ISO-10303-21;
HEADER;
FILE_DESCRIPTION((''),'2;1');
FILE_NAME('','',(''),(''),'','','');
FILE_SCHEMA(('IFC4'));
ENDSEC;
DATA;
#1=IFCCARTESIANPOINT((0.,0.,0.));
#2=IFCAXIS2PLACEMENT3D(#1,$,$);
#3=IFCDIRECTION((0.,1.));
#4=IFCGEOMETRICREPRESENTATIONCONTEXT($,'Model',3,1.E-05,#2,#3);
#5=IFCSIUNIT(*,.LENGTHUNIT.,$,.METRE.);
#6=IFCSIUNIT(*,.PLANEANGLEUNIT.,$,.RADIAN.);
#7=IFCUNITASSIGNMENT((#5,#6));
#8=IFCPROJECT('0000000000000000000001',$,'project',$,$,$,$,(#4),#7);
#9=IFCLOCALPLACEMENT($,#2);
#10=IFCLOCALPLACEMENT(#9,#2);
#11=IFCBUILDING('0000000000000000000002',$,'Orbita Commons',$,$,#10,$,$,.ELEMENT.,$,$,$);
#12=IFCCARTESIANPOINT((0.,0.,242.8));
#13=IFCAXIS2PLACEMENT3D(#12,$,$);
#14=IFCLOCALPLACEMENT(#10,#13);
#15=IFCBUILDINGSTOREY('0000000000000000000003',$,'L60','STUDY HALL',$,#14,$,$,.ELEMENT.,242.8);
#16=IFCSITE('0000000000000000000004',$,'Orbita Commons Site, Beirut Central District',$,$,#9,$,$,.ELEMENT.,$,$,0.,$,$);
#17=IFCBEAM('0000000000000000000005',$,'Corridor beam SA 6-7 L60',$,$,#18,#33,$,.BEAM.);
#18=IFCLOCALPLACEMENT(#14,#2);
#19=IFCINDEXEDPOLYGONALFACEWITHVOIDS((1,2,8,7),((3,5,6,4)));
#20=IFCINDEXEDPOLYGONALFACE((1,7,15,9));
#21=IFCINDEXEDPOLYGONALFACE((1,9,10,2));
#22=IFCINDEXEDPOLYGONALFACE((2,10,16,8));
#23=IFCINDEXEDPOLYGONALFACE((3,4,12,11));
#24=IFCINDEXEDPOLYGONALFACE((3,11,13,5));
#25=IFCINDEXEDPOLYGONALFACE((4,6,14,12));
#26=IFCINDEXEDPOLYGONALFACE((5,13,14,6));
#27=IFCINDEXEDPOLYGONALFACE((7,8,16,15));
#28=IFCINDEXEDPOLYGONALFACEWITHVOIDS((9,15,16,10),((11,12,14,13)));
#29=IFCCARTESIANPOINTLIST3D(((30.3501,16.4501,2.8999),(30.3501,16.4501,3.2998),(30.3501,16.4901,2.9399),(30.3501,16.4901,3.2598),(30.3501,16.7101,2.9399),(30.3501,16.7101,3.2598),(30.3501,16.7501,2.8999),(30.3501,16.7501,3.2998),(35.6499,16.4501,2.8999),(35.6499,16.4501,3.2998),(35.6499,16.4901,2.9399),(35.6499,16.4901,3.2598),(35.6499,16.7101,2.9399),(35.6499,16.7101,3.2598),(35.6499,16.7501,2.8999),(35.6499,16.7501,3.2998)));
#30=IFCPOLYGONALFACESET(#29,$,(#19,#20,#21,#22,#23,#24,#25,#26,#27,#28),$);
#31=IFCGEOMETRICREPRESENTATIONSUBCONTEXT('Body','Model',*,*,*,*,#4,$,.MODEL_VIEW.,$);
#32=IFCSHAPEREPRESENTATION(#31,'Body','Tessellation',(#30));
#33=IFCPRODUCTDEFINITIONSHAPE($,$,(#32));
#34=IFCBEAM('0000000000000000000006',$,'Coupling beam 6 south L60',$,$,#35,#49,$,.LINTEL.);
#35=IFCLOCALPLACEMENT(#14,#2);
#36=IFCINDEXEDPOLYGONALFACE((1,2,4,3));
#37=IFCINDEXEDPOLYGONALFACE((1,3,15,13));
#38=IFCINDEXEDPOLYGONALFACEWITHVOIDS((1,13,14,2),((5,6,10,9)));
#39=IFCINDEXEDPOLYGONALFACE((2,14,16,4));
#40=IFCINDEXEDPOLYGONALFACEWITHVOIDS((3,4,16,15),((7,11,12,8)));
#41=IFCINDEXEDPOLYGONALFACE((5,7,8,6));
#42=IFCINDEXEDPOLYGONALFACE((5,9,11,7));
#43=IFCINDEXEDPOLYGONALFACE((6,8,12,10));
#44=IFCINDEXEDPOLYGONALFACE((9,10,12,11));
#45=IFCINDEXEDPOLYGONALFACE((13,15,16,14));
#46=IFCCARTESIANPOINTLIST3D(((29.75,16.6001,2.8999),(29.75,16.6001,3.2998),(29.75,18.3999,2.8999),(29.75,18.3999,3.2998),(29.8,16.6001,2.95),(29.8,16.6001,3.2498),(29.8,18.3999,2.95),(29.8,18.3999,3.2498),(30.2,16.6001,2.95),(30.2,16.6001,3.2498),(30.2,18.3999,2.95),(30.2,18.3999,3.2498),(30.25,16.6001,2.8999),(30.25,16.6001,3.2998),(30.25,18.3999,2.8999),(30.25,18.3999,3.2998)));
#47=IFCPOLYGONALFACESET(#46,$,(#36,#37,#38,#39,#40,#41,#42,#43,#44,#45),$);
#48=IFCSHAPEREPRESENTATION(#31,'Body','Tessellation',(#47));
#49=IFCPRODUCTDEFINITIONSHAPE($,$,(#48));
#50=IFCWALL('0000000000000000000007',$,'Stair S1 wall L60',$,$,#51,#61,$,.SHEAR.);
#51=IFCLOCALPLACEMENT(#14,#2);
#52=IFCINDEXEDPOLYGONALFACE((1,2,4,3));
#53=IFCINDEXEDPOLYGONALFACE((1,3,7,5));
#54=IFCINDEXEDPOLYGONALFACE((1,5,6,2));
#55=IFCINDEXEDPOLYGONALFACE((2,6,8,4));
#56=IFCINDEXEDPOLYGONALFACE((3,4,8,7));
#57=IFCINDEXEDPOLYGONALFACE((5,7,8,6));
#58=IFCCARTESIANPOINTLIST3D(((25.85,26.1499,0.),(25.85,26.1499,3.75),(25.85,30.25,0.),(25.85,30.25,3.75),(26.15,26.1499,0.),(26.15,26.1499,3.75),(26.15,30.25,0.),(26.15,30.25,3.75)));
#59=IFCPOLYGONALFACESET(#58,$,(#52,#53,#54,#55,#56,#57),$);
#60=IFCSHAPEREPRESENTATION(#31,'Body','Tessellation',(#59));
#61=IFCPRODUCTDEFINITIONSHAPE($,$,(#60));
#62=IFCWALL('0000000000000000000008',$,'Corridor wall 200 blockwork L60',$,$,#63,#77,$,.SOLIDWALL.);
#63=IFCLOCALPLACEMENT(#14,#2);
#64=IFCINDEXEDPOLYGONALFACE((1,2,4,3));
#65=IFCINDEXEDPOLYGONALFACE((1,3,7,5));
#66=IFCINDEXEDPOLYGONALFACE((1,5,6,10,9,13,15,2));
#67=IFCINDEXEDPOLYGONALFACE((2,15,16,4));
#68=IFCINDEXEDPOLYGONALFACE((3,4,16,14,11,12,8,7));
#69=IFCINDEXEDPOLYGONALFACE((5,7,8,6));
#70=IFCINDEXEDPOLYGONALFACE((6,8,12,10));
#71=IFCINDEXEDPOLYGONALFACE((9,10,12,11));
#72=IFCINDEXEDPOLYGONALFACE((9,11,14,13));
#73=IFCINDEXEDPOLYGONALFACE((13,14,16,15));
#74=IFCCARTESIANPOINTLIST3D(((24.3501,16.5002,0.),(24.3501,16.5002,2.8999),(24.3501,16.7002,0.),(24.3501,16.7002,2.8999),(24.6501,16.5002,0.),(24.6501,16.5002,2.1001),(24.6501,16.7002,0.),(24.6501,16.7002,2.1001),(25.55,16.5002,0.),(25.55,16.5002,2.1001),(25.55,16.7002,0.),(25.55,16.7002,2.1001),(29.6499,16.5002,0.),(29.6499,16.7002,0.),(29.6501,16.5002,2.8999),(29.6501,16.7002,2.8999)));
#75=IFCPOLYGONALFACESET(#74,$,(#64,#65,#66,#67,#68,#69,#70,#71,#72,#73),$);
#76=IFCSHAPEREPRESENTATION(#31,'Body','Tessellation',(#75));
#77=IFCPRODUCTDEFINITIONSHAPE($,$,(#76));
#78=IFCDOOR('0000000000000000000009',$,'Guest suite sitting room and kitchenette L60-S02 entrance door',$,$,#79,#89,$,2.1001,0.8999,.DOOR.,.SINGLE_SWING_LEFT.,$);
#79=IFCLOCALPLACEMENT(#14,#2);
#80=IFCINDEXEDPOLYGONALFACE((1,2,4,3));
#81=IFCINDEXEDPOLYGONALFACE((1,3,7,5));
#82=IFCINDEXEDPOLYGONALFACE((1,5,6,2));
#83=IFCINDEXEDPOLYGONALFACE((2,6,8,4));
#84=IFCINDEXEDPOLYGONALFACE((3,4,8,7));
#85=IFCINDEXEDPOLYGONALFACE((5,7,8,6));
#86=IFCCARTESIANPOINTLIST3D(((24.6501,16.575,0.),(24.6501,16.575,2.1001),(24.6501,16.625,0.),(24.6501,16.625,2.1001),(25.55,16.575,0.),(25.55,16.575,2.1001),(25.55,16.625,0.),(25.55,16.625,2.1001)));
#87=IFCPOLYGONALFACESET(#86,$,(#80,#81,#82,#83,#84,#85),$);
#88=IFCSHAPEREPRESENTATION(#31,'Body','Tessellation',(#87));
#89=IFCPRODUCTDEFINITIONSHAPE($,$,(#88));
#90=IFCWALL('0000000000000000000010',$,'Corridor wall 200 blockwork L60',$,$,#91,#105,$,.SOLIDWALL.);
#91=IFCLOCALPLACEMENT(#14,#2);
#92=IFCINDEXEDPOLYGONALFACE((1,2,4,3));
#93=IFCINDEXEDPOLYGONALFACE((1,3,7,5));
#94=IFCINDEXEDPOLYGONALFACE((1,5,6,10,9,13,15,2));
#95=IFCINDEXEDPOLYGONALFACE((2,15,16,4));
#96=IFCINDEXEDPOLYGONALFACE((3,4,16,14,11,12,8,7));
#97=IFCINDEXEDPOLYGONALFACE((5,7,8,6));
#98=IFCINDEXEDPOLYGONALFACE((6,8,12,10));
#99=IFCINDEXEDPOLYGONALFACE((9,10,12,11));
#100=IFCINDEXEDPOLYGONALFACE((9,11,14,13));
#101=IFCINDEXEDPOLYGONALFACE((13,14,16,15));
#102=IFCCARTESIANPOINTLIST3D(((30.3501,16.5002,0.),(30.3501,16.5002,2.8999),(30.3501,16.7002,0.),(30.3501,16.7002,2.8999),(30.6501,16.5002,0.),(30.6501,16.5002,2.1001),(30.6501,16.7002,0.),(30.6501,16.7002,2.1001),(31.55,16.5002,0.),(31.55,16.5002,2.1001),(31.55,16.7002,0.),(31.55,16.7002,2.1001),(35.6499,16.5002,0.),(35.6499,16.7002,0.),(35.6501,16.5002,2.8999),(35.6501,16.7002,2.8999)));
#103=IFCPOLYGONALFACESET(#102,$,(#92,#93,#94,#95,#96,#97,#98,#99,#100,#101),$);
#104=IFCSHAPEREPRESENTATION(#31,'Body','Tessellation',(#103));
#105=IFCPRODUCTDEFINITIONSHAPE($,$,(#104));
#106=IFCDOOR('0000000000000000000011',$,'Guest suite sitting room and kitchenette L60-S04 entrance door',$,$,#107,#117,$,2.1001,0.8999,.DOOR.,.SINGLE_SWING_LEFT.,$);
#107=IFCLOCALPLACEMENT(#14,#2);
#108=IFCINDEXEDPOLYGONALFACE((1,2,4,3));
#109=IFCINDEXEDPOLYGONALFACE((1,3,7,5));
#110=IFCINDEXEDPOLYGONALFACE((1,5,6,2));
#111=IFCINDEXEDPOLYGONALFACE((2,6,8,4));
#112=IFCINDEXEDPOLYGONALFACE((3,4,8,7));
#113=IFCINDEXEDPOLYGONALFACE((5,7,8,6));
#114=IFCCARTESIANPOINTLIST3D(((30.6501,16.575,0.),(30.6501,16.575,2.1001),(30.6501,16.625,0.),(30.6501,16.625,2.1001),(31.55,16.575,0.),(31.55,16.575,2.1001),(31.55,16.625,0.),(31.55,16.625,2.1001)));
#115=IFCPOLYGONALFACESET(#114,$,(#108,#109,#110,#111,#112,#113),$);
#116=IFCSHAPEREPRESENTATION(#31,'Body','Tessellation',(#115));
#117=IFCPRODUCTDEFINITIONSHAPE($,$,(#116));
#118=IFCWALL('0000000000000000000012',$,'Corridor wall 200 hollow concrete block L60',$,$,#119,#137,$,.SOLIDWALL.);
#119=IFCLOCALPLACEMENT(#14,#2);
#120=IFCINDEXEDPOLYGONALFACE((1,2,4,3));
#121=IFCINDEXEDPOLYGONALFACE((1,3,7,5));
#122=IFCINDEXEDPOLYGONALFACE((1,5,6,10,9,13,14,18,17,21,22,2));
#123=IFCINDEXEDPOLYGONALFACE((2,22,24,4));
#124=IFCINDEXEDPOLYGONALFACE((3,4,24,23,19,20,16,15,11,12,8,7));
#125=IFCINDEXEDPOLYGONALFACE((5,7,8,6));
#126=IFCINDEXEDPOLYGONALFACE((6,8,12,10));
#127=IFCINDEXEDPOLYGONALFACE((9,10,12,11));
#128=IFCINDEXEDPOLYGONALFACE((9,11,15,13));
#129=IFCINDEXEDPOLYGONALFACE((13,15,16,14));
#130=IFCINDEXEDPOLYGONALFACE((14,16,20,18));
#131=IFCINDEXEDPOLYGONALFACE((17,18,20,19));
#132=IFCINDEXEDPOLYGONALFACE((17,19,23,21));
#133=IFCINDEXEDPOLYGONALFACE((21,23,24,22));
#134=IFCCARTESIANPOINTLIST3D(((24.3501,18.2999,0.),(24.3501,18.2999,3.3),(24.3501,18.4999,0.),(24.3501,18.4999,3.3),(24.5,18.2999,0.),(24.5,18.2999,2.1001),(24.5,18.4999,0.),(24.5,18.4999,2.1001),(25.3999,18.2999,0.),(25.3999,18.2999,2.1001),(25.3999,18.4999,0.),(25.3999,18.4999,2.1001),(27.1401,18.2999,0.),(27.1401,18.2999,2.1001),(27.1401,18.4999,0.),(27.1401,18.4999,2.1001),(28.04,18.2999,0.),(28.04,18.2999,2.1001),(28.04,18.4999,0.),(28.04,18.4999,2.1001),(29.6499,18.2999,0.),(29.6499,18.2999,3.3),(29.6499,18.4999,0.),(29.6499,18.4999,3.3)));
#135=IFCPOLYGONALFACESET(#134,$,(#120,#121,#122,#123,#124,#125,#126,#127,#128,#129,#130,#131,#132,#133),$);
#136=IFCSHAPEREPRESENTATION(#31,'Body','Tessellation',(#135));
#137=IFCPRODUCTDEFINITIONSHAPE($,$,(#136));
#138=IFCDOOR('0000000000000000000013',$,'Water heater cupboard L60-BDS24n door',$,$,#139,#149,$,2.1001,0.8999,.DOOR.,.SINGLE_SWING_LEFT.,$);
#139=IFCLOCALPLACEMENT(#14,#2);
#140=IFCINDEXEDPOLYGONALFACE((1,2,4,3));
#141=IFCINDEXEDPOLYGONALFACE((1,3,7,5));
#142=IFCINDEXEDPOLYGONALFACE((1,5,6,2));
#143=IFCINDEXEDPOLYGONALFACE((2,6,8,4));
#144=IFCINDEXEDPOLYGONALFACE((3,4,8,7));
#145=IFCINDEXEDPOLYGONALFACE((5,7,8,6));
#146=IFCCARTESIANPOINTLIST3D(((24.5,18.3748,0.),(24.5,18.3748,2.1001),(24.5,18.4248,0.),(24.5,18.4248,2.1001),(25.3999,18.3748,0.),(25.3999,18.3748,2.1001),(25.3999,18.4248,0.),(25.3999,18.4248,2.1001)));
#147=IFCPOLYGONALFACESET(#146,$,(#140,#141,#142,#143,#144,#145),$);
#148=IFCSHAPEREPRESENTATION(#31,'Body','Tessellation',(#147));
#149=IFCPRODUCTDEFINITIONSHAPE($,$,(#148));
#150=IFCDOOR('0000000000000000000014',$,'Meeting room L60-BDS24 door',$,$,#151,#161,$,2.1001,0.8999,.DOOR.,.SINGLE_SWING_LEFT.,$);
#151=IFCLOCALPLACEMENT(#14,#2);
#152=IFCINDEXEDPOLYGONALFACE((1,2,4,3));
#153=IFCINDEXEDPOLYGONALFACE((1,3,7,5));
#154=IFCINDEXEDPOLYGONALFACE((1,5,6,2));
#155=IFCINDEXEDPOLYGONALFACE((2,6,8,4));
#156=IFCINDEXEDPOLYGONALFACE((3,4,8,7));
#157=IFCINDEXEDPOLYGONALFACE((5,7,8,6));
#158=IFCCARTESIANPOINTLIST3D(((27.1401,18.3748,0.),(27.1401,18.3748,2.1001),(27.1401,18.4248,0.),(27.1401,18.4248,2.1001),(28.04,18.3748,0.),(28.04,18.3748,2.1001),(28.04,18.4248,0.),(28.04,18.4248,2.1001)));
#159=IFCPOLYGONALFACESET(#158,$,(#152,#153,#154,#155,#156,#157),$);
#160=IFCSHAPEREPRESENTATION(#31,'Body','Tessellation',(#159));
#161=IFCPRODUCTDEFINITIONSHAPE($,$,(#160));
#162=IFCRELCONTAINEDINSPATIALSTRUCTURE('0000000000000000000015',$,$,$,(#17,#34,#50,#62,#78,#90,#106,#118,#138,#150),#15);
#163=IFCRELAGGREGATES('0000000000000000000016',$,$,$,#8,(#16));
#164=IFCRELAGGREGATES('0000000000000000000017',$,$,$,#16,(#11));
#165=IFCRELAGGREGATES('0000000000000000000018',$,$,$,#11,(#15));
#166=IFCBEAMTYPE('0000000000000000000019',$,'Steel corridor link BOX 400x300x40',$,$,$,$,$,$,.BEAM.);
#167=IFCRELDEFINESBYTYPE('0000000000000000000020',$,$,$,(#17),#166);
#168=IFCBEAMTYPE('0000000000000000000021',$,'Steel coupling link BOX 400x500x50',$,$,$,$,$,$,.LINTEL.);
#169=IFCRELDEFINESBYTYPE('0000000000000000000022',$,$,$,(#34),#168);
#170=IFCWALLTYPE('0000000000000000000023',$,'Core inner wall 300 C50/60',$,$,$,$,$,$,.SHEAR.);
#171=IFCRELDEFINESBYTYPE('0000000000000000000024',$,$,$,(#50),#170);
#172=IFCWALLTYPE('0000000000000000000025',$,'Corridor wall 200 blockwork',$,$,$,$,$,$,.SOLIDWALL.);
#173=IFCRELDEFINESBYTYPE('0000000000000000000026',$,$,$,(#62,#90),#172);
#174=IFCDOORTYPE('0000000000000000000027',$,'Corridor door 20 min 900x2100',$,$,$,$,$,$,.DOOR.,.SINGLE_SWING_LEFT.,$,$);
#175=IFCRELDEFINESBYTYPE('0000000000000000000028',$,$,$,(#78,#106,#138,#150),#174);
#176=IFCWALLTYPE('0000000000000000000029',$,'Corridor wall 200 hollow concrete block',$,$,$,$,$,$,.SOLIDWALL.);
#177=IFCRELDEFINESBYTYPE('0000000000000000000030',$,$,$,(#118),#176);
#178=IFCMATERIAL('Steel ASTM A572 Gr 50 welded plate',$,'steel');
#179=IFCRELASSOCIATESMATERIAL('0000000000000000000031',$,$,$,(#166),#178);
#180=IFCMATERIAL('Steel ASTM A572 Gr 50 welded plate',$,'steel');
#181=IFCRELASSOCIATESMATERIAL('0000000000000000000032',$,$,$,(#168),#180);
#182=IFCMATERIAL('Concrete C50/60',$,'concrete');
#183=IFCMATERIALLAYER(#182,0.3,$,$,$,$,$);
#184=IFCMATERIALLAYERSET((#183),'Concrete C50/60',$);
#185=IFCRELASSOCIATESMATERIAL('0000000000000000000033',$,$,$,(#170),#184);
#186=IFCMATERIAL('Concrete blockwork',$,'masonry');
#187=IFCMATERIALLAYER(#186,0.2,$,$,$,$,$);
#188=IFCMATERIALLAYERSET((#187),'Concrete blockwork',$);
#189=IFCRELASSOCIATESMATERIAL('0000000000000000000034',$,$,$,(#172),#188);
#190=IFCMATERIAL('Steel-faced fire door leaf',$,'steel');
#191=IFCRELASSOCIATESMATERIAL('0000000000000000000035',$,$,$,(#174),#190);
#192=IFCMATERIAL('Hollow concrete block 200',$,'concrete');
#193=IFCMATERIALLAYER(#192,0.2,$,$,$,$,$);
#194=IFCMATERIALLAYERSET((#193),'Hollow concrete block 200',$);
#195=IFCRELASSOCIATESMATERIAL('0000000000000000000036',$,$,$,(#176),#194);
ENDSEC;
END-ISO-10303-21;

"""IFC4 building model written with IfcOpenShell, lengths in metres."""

from ifc_helpers import new_model, si_unit, direction, frame, frame_2d, origin, origin_2d, place, context, subcontext, project, spatial, polyline, rectangle, hollow_rectangle, outline, extrude, material, layer, layer_set, material_profile, profile_set, type_object, element, fill, save


model = new_model("IFC4")

# Units and contexts
model_context = context("Model", 3, precision=1e-05, world=origin(), true_north=direction((0.0, 1.0)))
body_context = subcontext(model_context, "Body", "Model", "MODEL_VIEW")
ifc_project = project(units=[si_unit("LENGTHUNIT", "METRE"), si_unit("PLANEANGLEUNIT", "RADIAN")], contexts=[model_context])

# Site, building, storey
site_placement = place(None, origin())
site = spatial("IfcSite", under=ifc_project, at=site_placement, Name="Orbita Commons Site, Beirut Central District", CompositionType="ELEMENT", RefElevation=0.0)
building_placement = place(site_placement, origin())
building = spatial("IfcBuilding", under=site, at=building_placement, Name="Orbita Commons", CompositionType="ELEMENT")
storey_placement = place(building_placement, frame((0.0, 0.0, 242.8)))
storey = spatial("IfcBuildingStorey", under=building, at=storey_placement, Name="L60", Description="STUDY HALL", CompositionType="ELEMENT", Elevation=242.8)

# Beams
ifc_material_1 = material(Name="Steel ASTM A572 Gr 50 welded plate", Category="steel")
ifc_material_profile_1 = material_profile(ifc_material_1, hollow_rectangle(XDim=0.3, YDim=0.3999, WallThickness=0.04, at=origin_2d()), Name="BOX 400x300x40")
ifc_profile_set_1 = profile_set([ifc_material_profile_1], Name="Steel ASTM A572 Gr 50 welded plate")
beam_type_1 = type_object("IfcBeamType", Name="Steel corridor link BOX 400x300x40", PredefinedType="BEAM", material=ifc_profile_set_1)
beam_1_placement = place(storey_placement, frame((30.3501, 16.6001, 3.0999), z_axis=(1.0, 0.0, 0.0), x_axis=(0.0, 1.0, 0.0)))
element("IfcBeam", 1, at=beam_1_placement, inside=storey, type_object=beam_type_1, Name="Corridor beam SA 6-7 L60", PredefinedType="BEAM", context=body_context, shape_type="SweptSolid", body=[
    extrude(hollow_rectangle(XDim=0.3, YDim=0.3999, WallThickness=0.04, at=origin_2d()), origin(), (0.0, 0.0, 1.0), 5.2998),
])
ifc_material_2 = material(Name="Steel ASTM A572 Gr 50 welded plate", Category="steel")
ifc_material_profile_2 = material_profile(ifc_material_2, hollow_rectangle(XDim=0.5, YDim=0.3999, WallThickness=0.05, at=origin_2d()), Name="BOX 400x500x50")
ifc_profile_set_2 = profile_set([ifc_material_profile_2], Name="Steel ASTM A572 Gr 50 welded plate")
beam_type_2 = type_object("IfcBeamType", Name="Steel coupling link BOX 400x500x50", PredefinedType="LINTEL", material=ifc_profile_set_2)
beam_2_placement = place(storey_placement, frame((30.0, 16.6001, 3.0999), z_axis=(0.0, 1.0, 0.0), x_axis=(-1.0, 0.0, 0.0)))
element("IfcBeam", 2, at=beam_2_placement, inside=storey, type_object=beam_type_2, Name="Coupling beam 6 south L60", PredefinedType="LINTEL", context=body_context, shape_type="SweptSolid", body=[
    extrude(hollow_rectangle(XDim=0.5, YDim=0.3999, WallThickness=0.05, at=origin_2d()), origin(), (0.0, 0.0, 1.0), 1.7998),
])

# Wall
ifc_material_3 = material(Name="Concrete C50/60", Category="concrete")
ifc_layer_1 = layer(ifc_material_3, 0.3)
ifc_layer_set_1 = layer_set([ifc_layer_1], Name="Concrete C50/60")
wall_type_1 = type_object("IfcWallType", Name="Core inner wall 300 C50/60", PredefinedType="SHEAR", material=ifc_layer_set_1)
wall_1_placement = place(storey_placement, frame((26.0, 26.1499, 0.0), z_axis=(0.0, 0.0, 1.0), x_axis=(0.0, 1.0, 0.0)))
element("IfcWall", 3, at=wall_1_placement, inside=storey, type_object=wall_type_1, Name="Stair S1 wall L60", PredefinedType="SHEAR", context=body_context, shape_type="SweptSolid", body=[
    extrude(rectangle(XDim=4.1001, YDim=0.3, at=frame_2d((2.05, 0.0))), origin(), (0.0, 0.0, 1.0), 3.75),
])

# Walls, openings, doors
ifc_material_4 = material(Name="Concrete blockwork", Category="masonry")
ifc_layer_2 = layer(ifc_material_4, 0.2)
ifc_layer_set_2 = layer_set([ifc_layer_2], Name="Concrete blockwork")
wall_type_2 = type_object("IfcWallType", Name="Corridor wall 200 blockwork", PredefinedType="SOLIDWALL", material=ifc_layer_set_2)
wall_2_placement = place(storey_placement, frame((24.3501, 16.6001, 0.0), z_axis=(0.0, 0.0, 1.0), x_axis=(1.0, 0.0, 0.0)))
wall_2 = element("IfcWall", 4, at=wall_2_placement, inside=storey, type_object=wall_type_2, Name="Corridor wall 200 blockwork L60", PredefinedType="SOLIDWALL", context=body_context, shape_type="SweptSolid", body=[
    extrude(outline(polyline([(0.0, 0.0), (5.2998, 0.0), (5.3, 2.8999), (0.0, 2.8999), (0.0, 0.0)])), frame((0.0, 0.1001, 0.0), z_axis=(0.0, -1.0, 0.0), x_axis=(1.0, 0.0, 0.0)), (0.0, 0.0, 1.0), 0.2),
])
opening_1_placement = place(wall_2_placement, frame((0.3, 0.0, 0.0)))
opening_1 = element("IfcOpeningElement", 5, at=opening_1_placement, cuts=wall_2, PredefinedType="OPENING", context=body_context, shape_type="SweptSolid", body=[
    extrude(rectangle(XDim=0.8999, YDim=2.1001, at=frame_2d((0.45, 1.05))), frame((0.0, 0.1099, 0.0), z_axis=(0.0, -1.0, 0.0), x_axis=(1.0, 0.0, 0.0)), (0.0, 0.0, 1.0), 0.22),
])
ifc_material_5 = material(Name="Steel-faced fire door leaf", Category="steel")
door_type_1 = type_object("IfcDoorType", Name="Corridor door 20 min 900x2100", OperationType="SINGLE_SWING_LEFT", PredefinedType="DOOR", material=ifc_material_5)
door_1_placement = place(opening_1_placement, origin())
door_1 = element("IfcDoor", 6, at=door_1_placement, inside=storey, type_object=door_type_1, Name="Guest suite sitting room and kitchenette L60-S02 entrance door", OperationType="SINGLE_SWING_LEFT", OverallHeight=2.1001, OverallWidth=0.8999, PredefinedType="DOOR", context=body_context, shape_type="SweptSolid", body=[
    extrude(rectangle(XDim=0.8999, YDim=2.1001, at=frame_2d((0.45, 1.05))), frame((0.0, 0.0249, 0.0), z_axis=(0.0, -1.0, 0.0), x_axis=(1.0, 0.0, 0.0)), (0.0, 0.0, 1.0), 0.05),
])
fill(opening_1, door_1)
wall_3_placement = place(storey_placement, frame((30.3501, 16.6001, 0.0), z_axis=(0.0, 0.0, 1.0), x_axis=(1.0, 0.0, 0.0)))
wall_3 = element("IfcWall", 7, at=wall_3_placement, inside=storey, type_object=wall_type_2, Name="Corridor wall 200 blockwork L60", PredefinedType="SOLIDWALL", context=body_context, shape_type="SweptSolid", body=[
    extrude(outline(polyline([(0.0, 0.0), (5.2998, 0.0), (5.3, 2.8999), (0.0, 2.8999), (0.0, 0.0)])), frame((0.0, 0.1001, 0.0), z_axis=(0.0, -1.0, 0.0), x_axis=(1.0, 0.0, 0.0)), (0.0, 0.0, 1.0), 0.2),
])
opening_2_placement = place(wall_3_placement, frame((0.3, 0.0, 0.0)))
opening_2 = element("IfcOpeningElement", 8, at=opening_2_placement, cuts=wall_3, PredefinedType="OPENING", context=body_context, shape_type="SweptSolid", body=[
    extrude(rectangle(XDim=0.8999, YDim=2.1001, at=frame_2d((0.45, 1.05))), frame((0.0, 0.1099, 0.0), z_axis=(0.0, -1.0, 0.0), x_axis=(1.0, 0.0, 0.0)), (0.0, 0.0, 1.0), 0.22),
])
door_2_placement = place(opening_2_placement, origin())
door_2 = element("IfcDoor", 9, at=door_2_placement, inside=storey, type_object=door_type_1, Name="Guest suite sitting room and kitchenette L60-S04 entrance door", OperationType="SINGLE_SWING_LEFT", OverallHeight=2.1001, OverallWidth=0.8999, PredefinedType="DOOR", context=body_context, shape_type="SweptSolid", body=[
    extrude(rectangle(XDim=0.8999, YDim=2.1001, at=frame_2d((0.45, 1.05))), frame((0.0, 0.0249, 0.0), z_axis=(0.0, -1.0, 0.0), x_axis=(1.0, 0.0, 0.0)), (0.0, 0.0, 1.0), 0.05),
])
fill(opening_2, door_2)

# Wall, openings, doors
ifc_material_6 = material(Name="Hollow concrete block 200", Category="concrete")
ifc_layer_3 = layer(ifc_material_6, 0.2)
ifc_layer_set_3 = layer_set([ifc_layer_3], Name="Hollow concrete block 200")
wall_type_3 = type_object("IfcWallType", Name="Corridor wall 200 hollow concrete block", PredefinedType="SOLIDWALL", material=ifc_layer_set_3)
wall_4_placement = place(storey_placement, frame((24.3501, 18.3999, 0.0), z_axis=(0.0, 0.0, 1.0), x_axis=(1.0, 0.0, 0.0)))
wall_4 = element("IfcWall", 10, at=wall_4_placement, inside=storey, type_object=wall_type_3, Name="Corridor wall 200 hollow concrete block L60", PredefinedType="SOLIDWALL", context=body_context, shape_type="SweptSolid", body=[
    extrude(rectangle(XDim=5.2998, YDim=0.2, at=frame_2d((2.6499, 0.0))), origin(), (0.0, 0.0, 1.0), 3.3),
])
opening_3_placement = place(wall_4_placement, frame((0.1499, 0.0, 0.0)))
opening_3 = element("IfcOpeningElement", 11, at=opening_3_placement, cuts=wall_4, PredefinedType="OPENING", context=body_context, shape_type="SweptSolid", body=[
    extrude(rectangle(XDim=0.8999, YDim=2.1001, at=frame_2d((0.45, 1.05))), frame((0.0, 0.1099, 0.0), z_axis=(0.0, -1.0, 0.0), x_axis=(1.0, 0.0, 0.0)), (0.0, 0.0, 1.0), 0.22),
])
opening_4_placement = place(wall_4_placement, frame((2.79, 0.0, 0.0)))
opening_4 = element("IfcOpeningElement", 12, at=opening_4_placement, cuts=wall_4, PredefinedType="OPENING", context=body_context, shape_type="SweptSolid", body=[
    extrude(rectangle(XDim=0.8999, YDim=2.1001, at=frame_2d((0.45, 1.05))), frame((0.0, 0.1099, 0.0), z_axis=(0.0, -1.0, 0.0), x_axis=(1.0, 0.0, 0.0)), (0.0, 0.0, 1.0), 0.22),
])
door_3_placement = place(opening_3_placement, origin())
door_3 = element("IfcDoor", 13, at=door_3_placement, inside=storey, type_object=door_type_1, Name="Water heater cupboard L60-BDS24n door", OperationType="SINGLE_SWING_LEFT", OverallHeight=2.1001, OverallWidth=0.8999, PredefinedType="DOOR", context=body_context, shape_type="SweptSolid", body=[
    extrude(rectangle(XDim=0.8999, YDim=2.1001, at=frame_2d((0.45, 1.05))), frame((0.0, 0.0249, 0.0), z_axis=(0.0, -1.0, 0.0), x_axis=(1.0, 0.0, 0.0)), (0.0, 0.0, 1.0), 0.05),
])
fill(opening_3, door_3)
door_4_placement = place(opening_4_placement, origin())
door_4 = element("IfcDoor", 14, at=door_4_placement, inside=storey, type_object=door_type_1, Name="Meeting room L60-BDS24 door", OperationType="SINGLE_SWING_LEFT", OverallHeight=2.1001, OverallWidth=0.8999, PredefinedType="DOOR", context=body_context, shape_type="SweptSolid", body=[
    extrude(rectangle(XDim=0.8999, YDim=2.1001, at=frame_2d((0.45, 1.05))), frame((0.0, 0.0249, 0.0), z_axis=(0.0, -1.0, 0.0), x_axis=(1.0, 0.0, 0.0)), (0.0, 0.0, 1.0), 0.05),
])
fill(opening_4, door_4)

save(model, "model.ifc")
